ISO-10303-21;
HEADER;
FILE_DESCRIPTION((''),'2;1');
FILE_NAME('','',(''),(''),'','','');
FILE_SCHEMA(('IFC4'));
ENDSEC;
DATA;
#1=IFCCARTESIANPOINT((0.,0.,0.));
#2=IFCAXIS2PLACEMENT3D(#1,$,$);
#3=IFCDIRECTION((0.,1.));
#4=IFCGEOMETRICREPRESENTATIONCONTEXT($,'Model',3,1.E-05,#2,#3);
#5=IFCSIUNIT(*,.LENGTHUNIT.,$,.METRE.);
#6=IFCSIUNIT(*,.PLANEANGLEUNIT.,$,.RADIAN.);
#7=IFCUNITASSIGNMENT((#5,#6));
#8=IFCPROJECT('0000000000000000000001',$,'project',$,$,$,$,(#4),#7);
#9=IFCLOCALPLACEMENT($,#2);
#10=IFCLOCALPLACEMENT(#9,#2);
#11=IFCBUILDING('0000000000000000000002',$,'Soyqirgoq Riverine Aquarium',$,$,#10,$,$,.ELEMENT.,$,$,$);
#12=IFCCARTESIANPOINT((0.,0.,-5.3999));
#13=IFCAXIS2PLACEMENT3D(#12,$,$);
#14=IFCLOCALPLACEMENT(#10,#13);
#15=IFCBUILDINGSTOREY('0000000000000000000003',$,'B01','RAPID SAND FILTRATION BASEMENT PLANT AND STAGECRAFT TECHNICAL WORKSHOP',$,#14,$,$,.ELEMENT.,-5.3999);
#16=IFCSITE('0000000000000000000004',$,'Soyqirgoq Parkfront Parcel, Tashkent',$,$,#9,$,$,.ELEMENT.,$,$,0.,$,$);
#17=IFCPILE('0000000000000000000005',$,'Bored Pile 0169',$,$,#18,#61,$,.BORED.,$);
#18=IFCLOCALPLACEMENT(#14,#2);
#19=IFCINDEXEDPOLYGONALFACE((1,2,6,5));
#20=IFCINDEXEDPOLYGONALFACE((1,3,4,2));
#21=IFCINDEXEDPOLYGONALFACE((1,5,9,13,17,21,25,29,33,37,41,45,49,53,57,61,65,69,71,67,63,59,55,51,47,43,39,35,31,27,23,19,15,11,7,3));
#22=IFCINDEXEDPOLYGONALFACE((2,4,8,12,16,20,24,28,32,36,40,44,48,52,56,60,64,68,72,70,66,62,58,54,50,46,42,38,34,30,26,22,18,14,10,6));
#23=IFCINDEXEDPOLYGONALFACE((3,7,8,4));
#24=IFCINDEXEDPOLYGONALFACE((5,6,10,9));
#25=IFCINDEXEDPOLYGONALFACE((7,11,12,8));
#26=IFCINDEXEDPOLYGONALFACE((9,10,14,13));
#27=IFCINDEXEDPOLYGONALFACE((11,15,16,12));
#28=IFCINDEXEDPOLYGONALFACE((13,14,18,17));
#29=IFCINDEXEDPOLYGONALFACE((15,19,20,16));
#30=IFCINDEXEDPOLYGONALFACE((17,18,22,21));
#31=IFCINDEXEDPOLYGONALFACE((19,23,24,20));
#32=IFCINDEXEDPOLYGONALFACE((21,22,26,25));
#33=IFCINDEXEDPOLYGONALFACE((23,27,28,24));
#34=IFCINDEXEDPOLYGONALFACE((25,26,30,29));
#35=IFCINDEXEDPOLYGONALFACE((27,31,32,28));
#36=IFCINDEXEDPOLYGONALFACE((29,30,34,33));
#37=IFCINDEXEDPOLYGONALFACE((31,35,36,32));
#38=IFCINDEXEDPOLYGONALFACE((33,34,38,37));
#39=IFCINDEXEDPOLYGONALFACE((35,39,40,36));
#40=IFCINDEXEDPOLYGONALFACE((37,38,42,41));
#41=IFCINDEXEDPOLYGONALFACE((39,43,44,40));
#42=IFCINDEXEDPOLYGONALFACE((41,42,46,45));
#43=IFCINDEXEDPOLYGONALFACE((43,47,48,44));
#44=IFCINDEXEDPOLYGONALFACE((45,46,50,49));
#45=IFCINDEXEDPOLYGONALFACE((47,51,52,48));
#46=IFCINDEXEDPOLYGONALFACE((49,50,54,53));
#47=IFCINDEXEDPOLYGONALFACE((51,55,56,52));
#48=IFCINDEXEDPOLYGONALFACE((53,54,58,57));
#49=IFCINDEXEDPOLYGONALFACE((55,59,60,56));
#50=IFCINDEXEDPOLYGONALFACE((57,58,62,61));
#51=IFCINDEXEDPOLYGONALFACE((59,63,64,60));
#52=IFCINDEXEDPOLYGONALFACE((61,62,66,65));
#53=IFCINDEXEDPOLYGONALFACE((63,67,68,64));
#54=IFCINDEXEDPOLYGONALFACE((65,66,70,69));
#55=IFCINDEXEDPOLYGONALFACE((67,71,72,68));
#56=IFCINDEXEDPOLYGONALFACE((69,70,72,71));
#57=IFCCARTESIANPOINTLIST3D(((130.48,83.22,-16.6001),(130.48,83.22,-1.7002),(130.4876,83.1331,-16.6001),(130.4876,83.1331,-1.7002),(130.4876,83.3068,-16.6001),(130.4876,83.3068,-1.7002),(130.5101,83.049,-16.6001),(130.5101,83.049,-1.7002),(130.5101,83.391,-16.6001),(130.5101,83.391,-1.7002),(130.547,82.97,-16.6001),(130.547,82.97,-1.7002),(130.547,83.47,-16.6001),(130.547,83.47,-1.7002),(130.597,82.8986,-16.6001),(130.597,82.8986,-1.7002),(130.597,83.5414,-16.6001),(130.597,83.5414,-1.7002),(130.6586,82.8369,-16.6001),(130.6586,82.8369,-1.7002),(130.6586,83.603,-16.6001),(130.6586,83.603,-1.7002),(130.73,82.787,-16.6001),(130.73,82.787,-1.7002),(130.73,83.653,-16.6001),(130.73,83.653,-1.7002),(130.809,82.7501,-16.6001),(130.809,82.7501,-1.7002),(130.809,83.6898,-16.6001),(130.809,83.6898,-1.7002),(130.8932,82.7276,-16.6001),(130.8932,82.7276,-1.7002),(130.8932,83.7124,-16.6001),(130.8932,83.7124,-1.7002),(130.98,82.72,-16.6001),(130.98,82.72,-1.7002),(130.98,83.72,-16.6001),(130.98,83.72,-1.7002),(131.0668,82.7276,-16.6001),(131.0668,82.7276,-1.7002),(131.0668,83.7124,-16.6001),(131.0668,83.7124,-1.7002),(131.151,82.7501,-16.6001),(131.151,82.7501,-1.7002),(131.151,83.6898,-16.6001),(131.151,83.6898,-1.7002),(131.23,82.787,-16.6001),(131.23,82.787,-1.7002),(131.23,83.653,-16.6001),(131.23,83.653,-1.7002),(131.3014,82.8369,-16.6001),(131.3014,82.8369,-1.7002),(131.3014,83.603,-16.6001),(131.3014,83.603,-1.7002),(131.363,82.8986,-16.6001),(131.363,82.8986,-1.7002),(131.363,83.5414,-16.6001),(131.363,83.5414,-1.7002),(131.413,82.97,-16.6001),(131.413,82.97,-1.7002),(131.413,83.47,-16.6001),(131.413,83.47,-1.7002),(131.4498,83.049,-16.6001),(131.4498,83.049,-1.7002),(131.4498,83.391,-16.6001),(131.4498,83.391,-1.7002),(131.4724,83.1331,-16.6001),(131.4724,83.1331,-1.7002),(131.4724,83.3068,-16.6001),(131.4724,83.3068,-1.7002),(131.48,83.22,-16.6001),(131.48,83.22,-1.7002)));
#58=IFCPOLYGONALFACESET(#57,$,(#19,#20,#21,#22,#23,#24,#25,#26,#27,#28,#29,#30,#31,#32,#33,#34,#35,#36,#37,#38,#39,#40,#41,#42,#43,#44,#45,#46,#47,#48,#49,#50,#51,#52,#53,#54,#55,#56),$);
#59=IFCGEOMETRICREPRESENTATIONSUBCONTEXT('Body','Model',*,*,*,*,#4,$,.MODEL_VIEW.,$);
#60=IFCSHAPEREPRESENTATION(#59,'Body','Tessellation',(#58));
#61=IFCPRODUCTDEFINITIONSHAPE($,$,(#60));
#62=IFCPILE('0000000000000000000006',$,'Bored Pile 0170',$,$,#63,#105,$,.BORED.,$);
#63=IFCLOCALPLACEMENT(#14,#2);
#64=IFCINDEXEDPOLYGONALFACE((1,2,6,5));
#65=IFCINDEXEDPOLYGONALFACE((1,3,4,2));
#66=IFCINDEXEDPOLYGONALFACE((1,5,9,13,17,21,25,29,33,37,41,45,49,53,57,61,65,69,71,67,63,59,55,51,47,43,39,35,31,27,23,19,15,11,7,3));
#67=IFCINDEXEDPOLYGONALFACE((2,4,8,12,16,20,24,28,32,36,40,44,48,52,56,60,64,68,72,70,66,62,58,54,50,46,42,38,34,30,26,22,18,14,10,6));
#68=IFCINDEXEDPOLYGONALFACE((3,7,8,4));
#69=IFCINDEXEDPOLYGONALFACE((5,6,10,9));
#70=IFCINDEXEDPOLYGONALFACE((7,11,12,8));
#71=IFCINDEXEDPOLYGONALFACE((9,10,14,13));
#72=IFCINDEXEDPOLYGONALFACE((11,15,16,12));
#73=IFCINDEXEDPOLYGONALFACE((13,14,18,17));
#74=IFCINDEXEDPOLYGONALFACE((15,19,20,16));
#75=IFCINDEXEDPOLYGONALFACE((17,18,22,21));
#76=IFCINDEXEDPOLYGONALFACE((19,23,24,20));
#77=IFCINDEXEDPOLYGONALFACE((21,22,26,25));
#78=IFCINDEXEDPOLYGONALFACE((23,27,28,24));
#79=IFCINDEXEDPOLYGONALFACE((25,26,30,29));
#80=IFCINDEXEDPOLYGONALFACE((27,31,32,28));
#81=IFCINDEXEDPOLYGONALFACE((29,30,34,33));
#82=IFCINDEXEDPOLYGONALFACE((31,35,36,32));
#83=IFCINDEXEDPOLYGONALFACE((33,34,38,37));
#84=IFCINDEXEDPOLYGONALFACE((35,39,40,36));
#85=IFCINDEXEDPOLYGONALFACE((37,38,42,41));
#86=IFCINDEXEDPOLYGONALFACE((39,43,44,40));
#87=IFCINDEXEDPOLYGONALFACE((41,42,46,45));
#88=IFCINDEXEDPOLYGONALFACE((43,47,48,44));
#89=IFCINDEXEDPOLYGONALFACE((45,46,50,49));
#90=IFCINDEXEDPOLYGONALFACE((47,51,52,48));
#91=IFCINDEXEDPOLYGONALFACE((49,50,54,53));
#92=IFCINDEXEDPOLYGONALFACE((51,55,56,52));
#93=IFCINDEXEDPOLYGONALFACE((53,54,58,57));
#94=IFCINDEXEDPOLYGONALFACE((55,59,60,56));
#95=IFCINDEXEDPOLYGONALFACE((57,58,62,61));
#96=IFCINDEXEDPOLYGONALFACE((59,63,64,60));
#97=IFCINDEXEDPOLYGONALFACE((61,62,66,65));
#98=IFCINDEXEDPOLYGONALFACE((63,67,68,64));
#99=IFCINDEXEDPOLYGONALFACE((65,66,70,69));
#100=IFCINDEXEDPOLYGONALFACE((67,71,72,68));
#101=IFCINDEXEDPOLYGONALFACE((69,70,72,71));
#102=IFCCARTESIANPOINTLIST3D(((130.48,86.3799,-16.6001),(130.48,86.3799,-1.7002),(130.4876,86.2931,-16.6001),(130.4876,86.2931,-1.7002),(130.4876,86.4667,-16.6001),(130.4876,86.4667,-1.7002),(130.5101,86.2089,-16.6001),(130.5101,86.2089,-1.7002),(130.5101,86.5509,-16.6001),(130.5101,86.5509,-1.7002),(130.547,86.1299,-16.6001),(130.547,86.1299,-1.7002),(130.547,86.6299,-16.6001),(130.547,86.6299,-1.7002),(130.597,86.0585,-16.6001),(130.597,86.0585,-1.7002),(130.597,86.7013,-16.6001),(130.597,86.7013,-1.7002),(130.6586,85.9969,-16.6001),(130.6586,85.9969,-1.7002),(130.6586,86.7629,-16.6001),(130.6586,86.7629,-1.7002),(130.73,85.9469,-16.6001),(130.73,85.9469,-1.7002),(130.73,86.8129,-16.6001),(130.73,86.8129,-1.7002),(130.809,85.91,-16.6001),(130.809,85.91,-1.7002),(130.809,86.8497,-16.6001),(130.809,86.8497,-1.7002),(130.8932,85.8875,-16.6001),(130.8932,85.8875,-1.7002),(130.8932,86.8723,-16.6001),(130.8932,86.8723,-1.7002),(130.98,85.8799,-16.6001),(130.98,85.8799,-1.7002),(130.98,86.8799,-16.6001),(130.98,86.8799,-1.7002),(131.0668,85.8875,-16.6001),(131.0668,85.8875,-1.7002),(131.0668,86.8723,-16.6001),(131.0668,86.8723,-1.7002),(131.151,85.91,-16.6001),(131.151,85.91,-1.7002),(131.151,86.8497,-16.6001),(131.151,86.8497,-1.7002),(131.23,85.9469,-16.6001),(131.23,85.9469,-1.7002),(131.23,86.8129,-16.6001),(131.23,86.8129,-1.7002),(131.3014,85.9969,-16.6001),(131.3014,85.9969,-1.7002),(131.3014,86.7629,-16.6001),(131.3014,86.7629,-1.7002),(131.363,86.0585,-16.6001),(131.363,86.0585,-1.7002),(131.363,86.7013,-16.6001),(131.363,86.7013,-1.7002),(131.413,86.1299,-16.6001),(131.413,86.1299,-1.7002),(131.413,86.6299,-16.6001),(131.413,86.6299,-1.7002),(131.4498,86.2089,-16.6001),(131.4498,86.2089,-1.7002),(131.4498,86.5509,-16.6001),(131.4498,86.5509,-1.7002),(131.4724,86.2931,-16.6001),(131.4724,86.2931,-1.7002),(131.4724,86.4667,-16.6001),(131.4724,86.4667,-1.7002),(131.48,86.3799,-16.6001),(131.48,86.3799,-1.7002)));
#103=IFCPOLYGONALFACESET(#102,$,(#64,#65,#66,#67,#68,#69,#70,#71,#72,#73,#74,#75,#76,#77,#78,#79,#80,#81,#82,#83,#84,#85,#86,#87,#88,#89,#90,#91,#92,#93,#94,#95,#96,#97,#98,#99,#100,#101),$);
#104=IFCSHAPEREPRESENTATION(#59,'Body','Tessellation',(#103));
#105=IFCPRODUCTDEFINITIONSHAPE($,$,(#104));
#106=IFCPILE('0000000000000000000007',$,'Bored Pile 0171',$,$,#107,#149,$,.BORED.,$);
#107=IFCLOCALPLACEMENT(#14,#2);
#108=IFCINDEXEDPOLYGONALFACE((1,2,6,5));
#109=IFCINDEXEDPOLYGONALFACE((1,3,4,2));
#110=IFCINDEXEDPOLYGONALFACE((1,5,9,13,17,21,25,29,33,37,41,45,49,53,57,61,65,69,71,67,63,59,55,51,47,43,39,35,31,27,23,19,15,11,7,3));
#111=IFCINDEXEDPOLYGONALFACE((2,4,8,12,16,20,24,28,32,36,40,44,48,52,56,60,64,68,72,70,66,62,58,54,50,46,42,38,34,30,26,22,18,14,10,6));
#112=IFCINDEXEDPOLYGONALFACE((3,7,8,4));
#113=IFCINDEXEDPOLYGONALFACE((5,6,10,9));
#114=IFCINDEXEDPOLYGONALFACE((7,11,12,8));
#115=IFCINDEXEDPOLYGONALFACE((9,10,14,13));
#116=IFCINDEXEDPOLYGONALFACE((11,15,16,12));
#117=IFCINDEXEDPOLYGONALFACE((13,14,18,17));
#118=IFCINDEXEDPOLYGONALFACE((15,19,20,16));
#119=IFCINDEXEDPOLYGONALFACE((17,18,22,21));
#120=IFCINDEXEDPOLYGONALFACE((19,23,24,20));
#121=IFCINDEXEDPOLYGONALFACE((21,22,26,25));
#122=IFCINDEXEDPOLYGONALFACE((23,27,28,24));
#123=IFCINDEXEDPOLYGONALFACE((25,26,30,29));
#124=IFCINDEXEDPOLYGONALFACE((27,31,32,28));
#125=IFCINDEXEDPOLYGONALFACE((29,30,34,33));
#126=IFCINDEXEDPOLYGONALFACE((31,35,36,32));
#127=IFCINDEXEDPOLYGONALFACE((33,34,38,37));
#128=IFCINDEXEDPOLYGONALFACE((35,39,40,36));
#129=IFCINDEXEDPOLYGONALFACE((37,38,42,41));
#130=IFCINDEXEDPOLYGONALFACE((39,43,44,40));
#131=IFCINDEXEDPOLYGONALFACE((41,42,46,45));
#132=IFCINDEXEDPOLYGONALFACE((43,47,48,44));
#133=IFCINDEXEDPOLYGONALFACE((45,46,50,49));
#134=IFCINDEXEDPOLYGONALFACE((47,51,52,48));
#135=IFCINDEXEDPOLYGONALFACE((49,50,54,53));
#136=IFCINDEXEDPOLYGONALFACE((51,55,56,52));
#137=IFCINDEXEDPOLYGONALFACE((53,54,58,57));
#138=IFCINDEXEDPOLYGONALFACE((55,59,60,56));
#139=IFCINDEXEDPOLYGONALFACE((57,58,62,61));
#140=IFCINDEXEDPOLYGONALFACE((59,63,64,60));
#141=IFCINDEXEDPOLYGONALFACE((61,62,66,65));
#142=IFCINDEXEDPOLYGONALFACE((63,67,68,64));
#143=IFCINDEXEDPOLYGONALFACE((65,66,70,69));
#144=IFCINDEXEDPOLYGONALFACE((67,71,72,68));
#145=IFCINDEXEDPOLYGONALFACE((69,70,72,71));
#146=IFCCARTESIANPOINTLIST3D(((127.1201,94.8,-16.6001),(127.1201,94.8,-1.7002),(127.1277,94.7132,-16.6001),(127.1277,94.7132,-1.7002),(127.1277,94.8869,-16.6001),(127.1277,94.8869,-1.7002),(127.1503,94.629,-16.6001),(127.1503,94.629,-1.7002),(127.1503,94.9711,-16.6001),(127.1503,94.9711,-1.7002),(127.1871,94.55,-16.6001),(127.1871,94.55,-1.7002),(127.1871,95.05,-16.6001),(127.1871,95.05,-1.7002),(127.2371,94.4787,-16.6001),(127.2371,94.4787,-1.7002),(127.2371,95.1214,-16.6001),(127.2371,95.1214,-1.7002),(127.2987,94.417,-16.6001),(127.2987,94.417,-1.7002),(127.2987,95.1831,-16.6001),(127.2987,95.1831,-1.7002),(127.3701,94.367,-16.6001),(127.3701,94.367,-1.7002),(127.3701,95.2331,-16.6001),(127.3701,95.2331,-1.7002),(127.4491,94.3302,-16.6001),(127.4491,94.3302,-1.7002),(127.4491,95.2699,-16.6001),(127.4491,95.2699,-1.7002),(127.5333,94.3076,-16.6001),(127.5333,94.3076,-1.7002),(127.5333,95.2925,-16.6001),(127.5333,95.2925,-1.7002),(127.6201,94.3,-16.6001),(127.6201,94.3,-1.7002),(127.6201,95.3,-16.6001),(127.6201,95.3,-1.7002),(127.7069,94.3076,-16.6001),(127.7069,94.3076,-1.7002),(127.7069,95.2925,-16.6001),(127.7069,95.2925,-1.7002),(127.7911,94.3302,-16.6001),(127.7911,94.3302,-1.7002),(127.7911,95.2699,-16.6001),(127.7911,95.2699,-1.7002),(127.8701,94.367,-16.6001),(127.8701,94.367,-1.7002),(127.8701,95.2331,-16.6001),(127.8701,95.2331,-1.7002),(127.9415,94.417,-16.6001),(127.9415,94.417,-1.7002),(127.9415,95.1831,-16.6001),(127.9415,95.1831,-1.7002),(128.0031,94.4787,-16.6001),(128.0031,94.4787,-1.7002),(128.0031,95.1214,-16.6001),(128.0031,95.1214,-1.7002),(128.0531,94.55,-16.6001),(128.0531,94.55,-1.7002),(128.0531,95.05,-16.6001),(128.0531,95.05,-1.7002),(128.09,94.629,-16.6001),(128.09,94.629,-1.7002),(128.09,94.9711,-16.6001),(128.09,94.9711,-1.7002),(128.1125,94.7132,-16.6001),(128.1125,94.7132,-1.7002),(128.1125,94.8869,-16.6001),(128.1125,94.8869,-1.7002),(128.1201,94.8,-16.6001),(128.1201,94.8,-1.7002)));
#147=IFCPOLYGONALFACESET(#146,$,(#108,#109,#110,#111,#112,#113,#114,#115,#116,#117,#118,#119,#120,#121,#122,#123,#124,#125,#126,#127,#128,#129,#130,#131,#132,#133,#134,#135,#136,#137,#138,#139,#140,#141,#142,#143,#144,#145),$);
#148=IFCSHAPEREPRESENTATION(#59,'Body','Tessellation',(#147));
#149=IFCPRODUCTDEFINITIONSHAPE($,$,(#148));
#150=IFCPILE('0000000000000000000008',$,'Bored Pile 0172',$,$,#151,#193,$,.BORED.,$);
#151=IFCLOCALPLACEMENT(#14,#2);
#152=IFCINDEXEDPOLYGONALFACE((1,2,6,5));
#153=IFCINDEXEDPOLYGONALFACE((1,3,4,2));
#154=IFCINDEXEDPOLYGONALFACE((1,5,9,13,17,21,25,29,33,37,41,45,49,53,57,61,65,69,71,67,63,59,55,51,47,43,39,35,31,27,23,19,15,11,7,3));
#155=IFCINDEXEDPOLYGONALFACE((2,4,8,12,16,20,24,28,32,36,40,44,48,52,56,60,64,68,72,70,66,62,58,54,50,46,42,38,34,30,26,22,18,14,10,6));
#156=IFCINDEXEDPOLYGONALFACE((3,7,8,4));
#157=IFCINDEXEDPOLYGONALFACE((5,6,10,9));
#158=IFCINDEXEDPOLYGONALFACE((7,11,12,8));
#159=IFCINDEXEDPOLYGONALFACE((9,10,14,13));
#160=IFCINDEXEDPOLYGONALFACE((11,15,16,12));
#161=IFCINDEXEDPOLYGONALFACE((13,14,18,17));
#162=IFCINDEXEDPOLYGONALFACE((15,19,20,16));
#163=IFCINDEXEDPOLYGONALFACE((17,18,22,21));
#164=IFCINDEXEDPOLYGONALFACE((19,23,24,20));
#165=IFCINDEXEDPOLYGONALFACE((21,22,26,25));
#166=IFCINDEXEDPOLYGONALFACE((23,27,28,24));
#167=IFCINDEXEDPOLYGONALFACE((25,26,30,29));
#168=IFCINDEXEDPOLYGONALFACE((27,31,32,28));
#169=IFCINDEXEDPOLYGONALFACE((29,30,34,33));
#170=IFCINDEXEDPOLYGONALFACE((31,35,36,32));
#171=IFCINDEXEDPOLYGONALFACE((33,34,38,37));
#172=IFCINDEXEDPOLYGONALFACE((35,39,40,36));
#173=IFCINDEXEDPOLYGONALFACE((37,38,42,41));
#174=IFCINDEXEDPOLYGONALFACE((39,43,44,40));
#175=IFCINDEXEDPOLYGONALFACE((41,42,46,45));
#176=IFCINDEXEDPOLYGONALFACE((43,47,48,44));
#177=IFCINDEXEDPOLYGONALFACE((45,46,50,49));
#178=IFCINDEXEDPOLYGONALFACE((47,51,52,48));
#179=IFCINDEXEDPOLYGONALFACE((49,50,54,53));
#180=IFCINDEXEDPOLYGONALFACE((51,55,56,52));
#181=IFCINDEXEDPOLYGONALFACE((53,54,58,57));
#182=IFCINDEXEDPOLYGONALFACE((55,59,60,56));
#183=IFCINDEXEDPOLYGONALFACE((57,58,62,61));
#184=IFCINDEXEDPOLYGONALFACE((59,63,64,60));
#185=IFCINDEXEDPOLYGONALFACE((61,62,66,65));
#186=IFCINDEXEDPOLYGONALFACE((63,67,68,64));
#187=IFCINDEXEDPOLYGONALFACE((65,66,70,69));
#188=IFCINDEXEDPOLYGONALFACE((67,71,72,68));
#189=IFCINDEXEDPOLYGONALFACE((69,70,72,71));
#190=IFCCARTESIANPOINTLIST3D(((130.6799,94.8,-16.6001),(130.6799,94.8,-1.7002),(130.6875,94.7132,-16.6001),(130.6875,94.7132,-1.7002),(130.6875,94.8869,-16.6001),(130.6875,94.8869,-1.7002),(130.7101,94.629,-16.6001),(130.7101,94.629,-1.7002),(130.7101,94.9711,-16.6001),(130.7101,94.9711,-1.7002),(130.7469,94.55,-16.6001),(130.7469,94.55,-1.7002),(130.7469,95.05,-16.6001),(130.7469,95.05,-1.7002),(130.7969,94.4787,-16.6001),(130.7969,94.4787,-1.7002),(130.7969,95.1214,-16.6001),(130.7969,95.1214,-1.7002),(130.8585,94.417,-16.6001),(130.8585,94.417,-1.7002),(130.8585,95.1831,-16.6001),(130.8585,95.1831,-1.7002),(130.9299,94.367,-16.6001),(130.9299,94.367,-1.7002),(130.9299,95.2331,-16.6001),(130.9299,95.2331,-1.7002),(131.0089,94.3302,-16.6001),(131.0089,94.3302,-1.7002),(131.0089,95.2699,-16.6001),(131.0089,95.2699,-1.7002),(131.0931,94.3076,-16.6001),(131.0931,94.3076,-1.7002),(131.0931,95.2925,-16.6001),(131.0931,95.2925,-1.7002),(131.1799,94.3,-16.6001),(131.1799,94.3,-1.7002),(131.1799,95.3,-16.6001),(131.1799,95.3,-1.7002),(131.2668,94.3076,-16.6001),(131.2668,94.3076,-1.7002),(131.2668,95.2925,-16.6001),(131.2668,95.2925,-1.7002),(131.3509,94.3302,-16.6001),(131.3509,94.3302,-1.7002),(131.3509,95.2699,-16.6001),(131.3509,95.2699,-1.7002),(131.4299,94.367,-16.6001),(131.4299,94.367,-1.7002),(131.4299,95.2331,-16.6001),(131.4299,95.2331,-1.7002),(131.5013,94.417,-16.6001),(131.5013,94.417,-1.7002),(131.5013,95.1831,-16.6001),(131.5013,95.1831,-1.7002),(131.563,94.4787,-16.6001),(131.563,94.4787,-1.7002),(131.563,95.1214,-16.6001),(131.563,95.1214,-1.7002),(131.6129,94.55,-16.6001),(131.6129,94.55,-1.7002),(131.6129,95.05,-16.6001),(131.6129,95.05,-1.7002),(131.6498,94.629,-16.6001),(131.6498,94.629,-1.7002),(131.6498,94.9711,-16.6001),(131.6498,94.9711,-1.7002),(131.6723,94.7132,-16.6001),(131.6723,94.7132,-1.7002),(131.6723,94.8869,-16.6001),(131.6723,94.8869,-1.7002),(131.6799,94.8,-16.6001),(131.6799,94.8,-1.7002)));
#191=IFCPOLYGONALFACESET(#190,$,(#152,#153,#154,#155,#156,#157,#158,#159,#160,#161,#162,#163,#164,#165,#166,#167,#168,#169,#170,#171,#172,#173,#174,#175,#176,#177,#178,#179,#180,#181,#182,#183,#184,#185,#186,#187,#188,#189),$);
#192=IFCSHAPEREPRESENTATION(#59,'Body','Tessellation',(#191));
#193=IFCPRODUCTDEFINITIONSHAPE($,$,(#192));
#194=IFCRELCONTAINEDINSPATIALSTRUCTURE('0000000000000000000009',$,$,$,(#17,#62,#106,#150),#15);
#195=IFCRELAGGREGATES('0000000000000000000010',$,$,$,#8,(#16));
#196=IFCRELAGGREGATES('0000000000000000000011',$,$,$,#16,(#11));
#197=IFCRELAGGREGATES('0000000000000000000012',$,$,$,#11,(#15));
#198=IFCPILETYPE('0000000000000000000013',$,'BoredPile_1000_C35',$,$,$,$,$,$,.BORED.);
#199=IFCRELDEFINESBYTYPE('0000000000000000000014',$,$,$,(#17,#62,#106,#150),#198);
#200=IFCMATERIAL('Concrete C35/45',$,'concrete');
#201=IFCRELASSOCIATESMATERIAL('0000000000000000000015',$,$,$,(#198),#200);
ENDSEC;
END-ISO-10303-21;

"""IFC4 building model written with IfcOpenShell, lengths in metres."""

from ifc_helpers import new_model, si_unit, direction, frame, origin, origin_2d, place, context, subcontext, project, spatial, circle, extrude, material, material_profile, profile_set, type_object, element, save


model = new_model("IFC4")

# Units and contexts
model_context = context("Model", 3, precision=1e-05, world=origin(), true_north=direction((0.0, 1.0)))
body_context = subcontext(model_context, "Body", "Model", "MODEL_VIEW")
ifc_project = project(units=[si_unit("LENGTHUNIT", "METRE"), si_unit("PLANEANGLEUNIT", "RADIAN")], contexts=[model_context])

# Site, building, storey
site_placement = place(None, origin())
site = spatial("IfcSite", under=ifc_project, at=site_placement, Name="Soyqirgoq Parkfront Parcel, Tashkent", CompositionType="ELEMENT", RefElevation=0.0)
building_placement = place(site_placement, origin())
building = spatial("IfcBuilding", under=site, at=building_placement, Name="Soyqirgoq Riverine Aquarium", CompositionType="ELEMENT")
storey_placement = place(building_placement, frame((0.0, 0.0, -5.3999)))
storey = spatial("IfcBuildingStorey", under=building, at=storey_placement, Name="B01", Description="RAPID SAND FILTRATION BASEMENT PLANT AND STAGECRAFT TECHNICAL WORKSHOP", CompositionType="ELEMENT", Elevation=-5.3999)

# Piles
ifc_material_1 = material(Name="Concrete C35/45", Category="concrete")
ifc_material_profile_1 = material_profile(ifc_material_1, circle(Radius=0.5, at=origin_2d()), Name="BP D1000")
ifc_profile_set_1 = profile_set([ifc_material_profile_1], Name="Concrete C35/45")
pile_type = type_object("IfcPileType", Name="BoredPile_1000_C35", PredefinedType="BORED", material=ifc_profile_set_1)
for number, where, z_axis, x_axis, name in (
    (1, (130.98, 83.22, -1.7002), (0.0, 0.0, -1.0), (1.0, 0.0, 0.0), "Bored Pile 0169"),
    (2, (130.98, 86.3799, -1.7002), (0.0, 0.0, -1.0), (1.0, 0.0, 0.0), "Bored Pile 0170"),
    (3, (127.6201, 94.8, -1.7002), (0.0, 0.0, -1.0), (1.0, 0.0, 0.0), "Bored Pile 0171"),
    (4, (131.1799, 94.8, -1.7002), (0.0, 0.0, -1.0), (1.0, 0.0, 0.0), "Bored Pile 0172"),
):
    element("IfcPile", number, at=place(storey_placement, frame(where, z_axis=z_axis, x_axis=x_axis)), inside=storey, type_object=pile_type, Name=name, PredefinedType="BORED", context=body_context, shape_type="SweptSolid", body=[
        extrude(circle(Radius=0.5, at=origin_2d()), origin(), (0.0, 0.0, 1.0), 14.8999),
    ])

save(model, "model.ifc")
